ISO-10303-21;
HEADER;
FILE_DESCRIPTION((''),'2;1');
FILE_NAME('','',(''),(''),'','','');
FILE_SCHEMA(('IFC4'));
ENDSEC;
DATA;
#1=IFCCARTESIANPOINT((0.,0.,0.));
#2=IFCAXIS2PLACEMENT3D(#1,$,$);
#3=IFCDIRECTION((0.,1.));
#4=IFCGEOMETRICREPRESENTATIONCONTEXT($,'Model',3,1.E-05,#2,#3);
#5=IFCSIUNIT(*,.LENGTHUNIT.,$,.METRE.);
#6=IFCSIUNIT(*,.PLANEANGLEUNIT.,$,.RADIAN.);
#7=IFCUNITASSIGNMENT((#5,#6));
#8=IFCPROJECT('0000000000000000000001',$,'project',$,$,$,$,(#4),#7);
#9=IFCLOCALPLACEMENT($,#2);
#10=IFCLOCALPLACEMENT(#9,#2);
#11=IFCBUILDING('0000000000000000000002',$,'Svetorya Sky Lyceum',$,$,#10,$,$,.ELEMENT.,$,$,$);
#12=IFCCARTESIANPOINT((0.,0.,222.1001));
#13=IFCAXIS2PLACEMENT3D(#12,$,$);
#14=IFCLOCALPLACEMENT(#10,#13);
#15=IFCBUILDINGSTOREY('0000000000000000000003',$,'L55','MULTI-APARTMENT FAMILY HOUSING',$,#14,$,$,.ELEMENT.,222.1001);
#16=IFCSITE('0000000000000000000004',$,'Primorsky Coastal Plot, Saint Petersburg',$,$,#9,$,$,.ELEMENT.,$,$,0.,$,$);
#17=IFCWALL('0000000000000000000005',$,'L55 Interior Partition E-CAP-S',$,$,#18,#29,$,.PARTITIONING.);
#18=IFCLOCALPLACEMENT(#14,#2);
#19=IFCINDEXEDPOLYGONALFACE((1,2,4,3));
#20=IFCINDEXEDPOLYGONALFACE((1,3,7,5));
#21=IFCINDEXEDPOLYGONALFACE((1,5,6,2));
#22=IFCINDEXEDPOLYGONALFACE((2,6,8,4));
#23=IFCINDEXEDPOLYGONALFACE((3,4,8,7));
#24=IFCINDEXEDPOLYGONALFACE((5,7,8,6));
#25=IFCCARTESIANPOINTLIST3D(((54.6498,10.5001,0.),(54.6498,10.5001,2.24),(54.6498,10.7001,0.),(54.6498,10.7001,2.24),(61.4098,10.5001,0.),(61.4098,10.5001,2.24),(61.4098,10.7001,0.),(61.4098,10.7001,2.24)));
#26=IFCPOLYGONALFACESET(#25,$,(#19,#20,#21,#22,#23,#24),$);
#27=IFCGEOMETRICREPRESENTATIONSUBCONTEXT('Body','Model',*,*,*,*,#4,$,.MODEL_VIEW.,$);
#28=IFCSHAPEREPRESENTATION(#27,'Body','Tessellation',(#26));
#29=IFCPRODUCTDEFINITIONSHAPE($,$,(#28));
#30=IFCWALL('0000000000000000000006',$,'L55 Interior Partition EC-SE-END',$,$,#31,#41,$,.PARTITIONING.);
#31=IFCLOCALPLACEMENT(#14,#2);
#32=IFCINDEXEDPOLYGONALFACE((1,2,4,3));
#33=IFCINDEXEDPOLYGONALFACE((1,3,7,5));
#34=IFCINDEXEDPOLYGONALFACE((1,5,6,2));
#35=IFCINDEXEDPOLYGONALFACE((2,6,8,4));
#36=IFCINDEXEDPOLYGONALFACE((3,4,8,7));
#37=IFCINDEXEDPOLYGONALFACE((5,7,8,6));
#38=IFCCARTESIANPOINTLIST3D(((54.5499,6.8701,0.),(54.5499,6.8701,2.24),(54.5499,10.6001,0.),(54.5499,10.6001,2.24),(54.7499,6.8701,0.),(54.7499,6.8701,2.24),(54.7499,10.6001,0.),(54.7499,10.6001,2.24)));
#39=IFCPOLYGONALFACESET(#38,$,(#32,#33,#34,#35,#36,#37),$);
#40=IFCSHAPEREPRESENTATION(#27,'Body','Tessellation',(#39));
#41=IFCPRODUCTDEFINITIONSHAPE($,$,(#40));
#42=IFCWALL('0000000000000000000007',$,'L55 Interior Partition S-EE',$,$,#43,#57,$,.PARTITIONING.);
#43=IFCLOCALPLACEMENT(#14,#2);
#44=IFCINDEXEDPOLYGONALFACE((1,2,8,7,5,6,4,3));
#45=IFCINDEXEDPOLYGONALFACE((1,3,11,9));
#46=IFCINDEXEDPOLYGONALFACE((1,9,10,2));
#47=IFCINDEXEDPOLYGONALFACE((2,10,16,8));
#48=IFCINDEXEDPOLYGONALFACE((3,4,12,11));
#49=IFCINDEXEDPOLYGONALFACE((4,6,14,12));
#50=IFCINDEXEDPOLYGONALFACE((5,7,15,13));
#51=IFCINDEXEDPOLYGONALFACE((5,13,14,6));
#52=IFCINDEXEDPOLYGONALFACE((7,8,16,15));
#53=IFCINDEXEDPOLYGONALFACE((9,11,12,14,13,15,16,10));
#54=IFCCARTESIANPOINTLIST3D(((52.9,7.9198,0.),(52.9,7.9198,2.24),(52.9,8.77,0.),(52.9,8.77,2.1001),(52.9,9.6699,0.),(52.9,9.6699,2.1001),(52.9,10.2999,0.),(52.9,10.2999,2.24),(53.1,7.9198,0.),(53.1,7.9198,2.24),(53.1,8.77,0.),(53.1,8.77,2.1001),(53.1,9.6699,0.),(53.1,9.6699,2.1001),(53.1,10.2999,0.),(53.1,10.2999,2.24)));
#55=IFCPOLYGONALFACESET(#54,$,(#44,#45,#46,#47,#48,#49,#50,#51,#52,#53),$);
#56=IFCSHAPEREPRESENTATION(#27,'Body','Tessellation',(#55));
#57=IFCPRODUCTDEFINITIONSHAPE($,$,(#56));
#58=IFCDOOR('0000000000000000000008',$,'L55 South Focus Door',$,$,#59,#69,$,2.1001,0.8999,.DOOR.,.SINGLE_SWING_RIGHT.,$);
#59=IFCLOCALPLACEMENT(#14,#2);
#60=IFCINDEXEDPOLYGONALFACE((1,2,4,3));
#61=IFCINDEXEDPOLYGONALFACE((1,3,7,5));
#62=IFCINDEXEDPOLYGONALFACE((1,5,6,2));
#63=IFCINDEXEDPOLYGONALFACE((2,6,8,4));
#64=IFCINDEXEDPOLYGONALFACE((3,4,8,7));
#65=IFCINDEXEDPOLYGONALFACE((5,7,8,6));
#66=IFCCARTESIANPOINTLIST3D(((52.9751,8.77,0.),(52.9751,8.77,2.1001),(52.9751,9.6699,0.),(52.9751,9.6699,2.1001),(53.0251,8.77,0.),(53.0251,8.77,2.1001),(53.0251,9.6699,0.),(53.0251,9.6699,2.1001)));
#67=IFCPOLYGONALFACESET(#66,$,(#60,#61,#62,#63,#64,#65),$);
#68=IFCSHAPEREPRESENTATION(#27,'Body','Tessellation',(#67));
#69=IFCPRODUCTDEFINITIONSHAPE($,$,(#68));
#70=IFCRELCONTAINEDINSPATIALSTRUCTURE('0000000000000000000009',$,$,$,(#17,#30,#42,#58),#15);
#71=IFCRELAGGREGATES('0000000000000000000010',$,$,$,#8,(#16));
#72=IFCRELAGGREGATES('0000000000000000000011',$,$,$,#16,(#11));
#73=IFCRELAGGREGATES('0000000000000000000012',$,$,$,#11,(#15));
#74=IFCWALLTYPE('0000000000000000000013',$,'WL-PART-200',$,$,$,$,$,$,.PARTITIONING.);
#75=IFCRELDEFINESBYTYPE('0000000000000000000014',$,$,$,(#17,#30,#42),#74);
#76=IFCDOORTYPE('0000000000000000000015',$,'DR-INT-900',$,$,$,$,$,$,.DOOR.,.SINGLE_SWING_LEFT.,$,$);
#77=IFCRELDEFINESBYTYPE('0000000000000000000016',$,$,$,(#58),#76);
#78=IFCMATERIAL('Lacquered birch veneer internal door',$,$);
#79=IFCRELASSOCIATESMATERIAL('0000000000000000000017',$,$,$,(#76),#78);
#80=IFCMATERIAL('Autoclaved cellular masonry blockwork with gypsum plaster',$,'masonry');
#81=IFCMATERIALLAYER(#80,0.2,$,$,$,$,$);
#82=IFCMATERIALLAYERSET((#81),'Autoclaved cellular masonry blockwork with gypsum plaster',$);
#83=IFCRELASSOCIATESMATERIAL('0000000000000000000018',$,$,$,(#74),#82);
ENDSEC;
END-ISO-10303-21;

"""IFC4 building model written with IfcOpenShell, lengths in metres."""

from ifc_helpers import new_model, si_unit, direction, frame, frame_2d, origin, place, context, subcontext, project, spatial, rectangle, extrude, material, layer, layer_set, type_object, element, fill, save


model = new_model("IFC4")

# Units and contexts
model_context = context("Model", 3, precision=1e-05, world=origin(), true_north=direction((0.0, 1.0)))
body_context = subcontext(model_context, "Body", "Model", "MODEL_VIEW")
ifc_project = project(units=[si_unit("LENGTHUNIT", "METRE"), si_unit("PLANEANGLEUNIT", "RADIAN")], contexts=[model_context])

# Site, building, storey
site_placement = place(None, origin())
site = spatial("IfcSite", under=ifc_project, at=site_placement, Name="Primorsky Coastal Plot, Saint Petersburg", CompositionType="ELEMENT", RefElevation=0.0)
building_placement = place(site_placement, origin())
building = spatial("IfcBuilding", under=site, at=building_placement, Name="Svetorya Sky Lyceum", CompositionType="ELEMENT")
storey_placement = place(building_placement, frame((0.0, 0.0, 222.1001)))
storey = spatial("IfcBuildingStorey", under=building, at=storey_placement, Name="L55", Description="MULTI-APARTMENT FAMILY HOUSING", CompositionType="ELEMENT", Elevation=222.1001)

# Shared definitions
ifc_material_1 = material(Name="Lacquered birch veneer internal door")
door_type_1 = type_object("IfcDoorType", Name="DR-INT-900", OperationType="SINGLE_SWING_LEFT", PredefinedType="DOOR", material=ifc_material_1)

# Shared definitions
ifc_material_2 = material(Name="Autoclaved cellular masonry blockwork with gypsum plaster", Category="masonry")
ifc_layer_1 = layer(ifc_material_2, 0.2)
ifc_layer_set_1 = layer_set([ifc_layer_1], Name="Autoclaved cellular masonry blockwork with gypsum plaster")
wall_type_1 = type_object("IfcWallType", Name="WL-PART-200", PredefinedType="PARTITIONING", material=ifc_layer_set_1)

# Walls
wall_1_placement = place(storey_placement, frame((54.6499, 10.6001, 0.0), z_axis=(0.0, 0.0, 1.0), x_axis=(1.0, 0.0, 0.0)))
element("IfcWall", 1, at=wall_1_placement, inside=storey, type_object=wall_type_1, Name="L55 Interior Partition E-CAP-S", PredefinedType="PARTITIONING", context=body_context, shape_type="SweptSolid", body=[
    extrude(rectangle(XDim=6.76, YDim=0.2, at=frame_2d((3.3799, 0.0))), origin(), (0.0, 0.0, 1.0), 2.24),
])
wall_2_placement = place(storey_placement, frame((54.6499, 6.8701, 0.0), z_axis=(0.0, 0.0, 1.0), x_axis=(0.0, 1.0, 0.0)))
element("IfcWall", 2, at=wall_2_placement, inside=storey, type_object=wall_type_1, Name="L55 Interior Partition EC-SE-END", PredefinedType="PARTITIONING", context=body_context, shape_type="SweptSolid", body=[
    extrude(rectangle(XDim=3.73, YDim=0.2, at=frame_2d((1.865, 0.0))), origin(), (0.0, 0.0, 1.0), 2.24),
])

# Wall, opening, door
wall_3_placement = place(storey_placement, frame((53.0, 7.9199, 0.0), z_axis=(0.0, 0.0, 1.0), x_axis=(0.0, 1.0, 0.0)))
wall_3 = element("IfcWall", 3, at=wall_3_placement, inside=storey, type_object=wall_type_1, Name="L55 Interior Partition S-EE", PredefinedType="PARTITIONING", context=body_context, shape_type="SweptSolid", body=[
    extrude(rectangle(XDim=2.3801, YDim=0.2, at=frame_2d((1.1899, 0.0))), origin(), (0.0, 0.0, 1.0), 2.24),
])
opening_1_placement = place(wall_3_placement, frame((0.8501, 0.0, 0.0)))
opening_1 = element("IfcOpeningElement", 4, at=opening_1_placement, cuts=wall_3, PredefinedType="OPENING", context=body_context, shape_type="SweptSolid", body=[
    extrude(rectangle(XDim=0.8999, YDim=2.1001, at=frame_2d((0.45, 1.05))), frame((0.0, 0.1099, 0.0), z_axis=(0.0, -1.0, 0.0), x_axis=(1.0, 0.0, 0.0)), (0.0, 0.0, 1.0), 0.22),
])
door_1_placement = place(opening_1_placement, origin())
door_1 = element("IfcDoor", 5, at=door_1_placement, inside=storey, type_object=door_type_1, Name="L55 South Focus Door", OperationType="SINGLE_SWING_RIGHT", OverallHeight=2.1001, OverallWidth=0.8999, PredefinedType="DOOR", context=body_context, shape_type="SweptSolid", body=[
    extrude(rectangle(XDim=0.8999, YDim=2.1001, at=frame_2d((0.45, 1.05))), frame((0.0, 0.0249, 0.0), z_axis=(0.0, -1.0, 0.0), x_axis=(1.0, 0.0, 0.0)), (0.0, 0.0, 1.0), 0.05),
])
fill(opening_1, door_1)

save(model, "model.ifc")
